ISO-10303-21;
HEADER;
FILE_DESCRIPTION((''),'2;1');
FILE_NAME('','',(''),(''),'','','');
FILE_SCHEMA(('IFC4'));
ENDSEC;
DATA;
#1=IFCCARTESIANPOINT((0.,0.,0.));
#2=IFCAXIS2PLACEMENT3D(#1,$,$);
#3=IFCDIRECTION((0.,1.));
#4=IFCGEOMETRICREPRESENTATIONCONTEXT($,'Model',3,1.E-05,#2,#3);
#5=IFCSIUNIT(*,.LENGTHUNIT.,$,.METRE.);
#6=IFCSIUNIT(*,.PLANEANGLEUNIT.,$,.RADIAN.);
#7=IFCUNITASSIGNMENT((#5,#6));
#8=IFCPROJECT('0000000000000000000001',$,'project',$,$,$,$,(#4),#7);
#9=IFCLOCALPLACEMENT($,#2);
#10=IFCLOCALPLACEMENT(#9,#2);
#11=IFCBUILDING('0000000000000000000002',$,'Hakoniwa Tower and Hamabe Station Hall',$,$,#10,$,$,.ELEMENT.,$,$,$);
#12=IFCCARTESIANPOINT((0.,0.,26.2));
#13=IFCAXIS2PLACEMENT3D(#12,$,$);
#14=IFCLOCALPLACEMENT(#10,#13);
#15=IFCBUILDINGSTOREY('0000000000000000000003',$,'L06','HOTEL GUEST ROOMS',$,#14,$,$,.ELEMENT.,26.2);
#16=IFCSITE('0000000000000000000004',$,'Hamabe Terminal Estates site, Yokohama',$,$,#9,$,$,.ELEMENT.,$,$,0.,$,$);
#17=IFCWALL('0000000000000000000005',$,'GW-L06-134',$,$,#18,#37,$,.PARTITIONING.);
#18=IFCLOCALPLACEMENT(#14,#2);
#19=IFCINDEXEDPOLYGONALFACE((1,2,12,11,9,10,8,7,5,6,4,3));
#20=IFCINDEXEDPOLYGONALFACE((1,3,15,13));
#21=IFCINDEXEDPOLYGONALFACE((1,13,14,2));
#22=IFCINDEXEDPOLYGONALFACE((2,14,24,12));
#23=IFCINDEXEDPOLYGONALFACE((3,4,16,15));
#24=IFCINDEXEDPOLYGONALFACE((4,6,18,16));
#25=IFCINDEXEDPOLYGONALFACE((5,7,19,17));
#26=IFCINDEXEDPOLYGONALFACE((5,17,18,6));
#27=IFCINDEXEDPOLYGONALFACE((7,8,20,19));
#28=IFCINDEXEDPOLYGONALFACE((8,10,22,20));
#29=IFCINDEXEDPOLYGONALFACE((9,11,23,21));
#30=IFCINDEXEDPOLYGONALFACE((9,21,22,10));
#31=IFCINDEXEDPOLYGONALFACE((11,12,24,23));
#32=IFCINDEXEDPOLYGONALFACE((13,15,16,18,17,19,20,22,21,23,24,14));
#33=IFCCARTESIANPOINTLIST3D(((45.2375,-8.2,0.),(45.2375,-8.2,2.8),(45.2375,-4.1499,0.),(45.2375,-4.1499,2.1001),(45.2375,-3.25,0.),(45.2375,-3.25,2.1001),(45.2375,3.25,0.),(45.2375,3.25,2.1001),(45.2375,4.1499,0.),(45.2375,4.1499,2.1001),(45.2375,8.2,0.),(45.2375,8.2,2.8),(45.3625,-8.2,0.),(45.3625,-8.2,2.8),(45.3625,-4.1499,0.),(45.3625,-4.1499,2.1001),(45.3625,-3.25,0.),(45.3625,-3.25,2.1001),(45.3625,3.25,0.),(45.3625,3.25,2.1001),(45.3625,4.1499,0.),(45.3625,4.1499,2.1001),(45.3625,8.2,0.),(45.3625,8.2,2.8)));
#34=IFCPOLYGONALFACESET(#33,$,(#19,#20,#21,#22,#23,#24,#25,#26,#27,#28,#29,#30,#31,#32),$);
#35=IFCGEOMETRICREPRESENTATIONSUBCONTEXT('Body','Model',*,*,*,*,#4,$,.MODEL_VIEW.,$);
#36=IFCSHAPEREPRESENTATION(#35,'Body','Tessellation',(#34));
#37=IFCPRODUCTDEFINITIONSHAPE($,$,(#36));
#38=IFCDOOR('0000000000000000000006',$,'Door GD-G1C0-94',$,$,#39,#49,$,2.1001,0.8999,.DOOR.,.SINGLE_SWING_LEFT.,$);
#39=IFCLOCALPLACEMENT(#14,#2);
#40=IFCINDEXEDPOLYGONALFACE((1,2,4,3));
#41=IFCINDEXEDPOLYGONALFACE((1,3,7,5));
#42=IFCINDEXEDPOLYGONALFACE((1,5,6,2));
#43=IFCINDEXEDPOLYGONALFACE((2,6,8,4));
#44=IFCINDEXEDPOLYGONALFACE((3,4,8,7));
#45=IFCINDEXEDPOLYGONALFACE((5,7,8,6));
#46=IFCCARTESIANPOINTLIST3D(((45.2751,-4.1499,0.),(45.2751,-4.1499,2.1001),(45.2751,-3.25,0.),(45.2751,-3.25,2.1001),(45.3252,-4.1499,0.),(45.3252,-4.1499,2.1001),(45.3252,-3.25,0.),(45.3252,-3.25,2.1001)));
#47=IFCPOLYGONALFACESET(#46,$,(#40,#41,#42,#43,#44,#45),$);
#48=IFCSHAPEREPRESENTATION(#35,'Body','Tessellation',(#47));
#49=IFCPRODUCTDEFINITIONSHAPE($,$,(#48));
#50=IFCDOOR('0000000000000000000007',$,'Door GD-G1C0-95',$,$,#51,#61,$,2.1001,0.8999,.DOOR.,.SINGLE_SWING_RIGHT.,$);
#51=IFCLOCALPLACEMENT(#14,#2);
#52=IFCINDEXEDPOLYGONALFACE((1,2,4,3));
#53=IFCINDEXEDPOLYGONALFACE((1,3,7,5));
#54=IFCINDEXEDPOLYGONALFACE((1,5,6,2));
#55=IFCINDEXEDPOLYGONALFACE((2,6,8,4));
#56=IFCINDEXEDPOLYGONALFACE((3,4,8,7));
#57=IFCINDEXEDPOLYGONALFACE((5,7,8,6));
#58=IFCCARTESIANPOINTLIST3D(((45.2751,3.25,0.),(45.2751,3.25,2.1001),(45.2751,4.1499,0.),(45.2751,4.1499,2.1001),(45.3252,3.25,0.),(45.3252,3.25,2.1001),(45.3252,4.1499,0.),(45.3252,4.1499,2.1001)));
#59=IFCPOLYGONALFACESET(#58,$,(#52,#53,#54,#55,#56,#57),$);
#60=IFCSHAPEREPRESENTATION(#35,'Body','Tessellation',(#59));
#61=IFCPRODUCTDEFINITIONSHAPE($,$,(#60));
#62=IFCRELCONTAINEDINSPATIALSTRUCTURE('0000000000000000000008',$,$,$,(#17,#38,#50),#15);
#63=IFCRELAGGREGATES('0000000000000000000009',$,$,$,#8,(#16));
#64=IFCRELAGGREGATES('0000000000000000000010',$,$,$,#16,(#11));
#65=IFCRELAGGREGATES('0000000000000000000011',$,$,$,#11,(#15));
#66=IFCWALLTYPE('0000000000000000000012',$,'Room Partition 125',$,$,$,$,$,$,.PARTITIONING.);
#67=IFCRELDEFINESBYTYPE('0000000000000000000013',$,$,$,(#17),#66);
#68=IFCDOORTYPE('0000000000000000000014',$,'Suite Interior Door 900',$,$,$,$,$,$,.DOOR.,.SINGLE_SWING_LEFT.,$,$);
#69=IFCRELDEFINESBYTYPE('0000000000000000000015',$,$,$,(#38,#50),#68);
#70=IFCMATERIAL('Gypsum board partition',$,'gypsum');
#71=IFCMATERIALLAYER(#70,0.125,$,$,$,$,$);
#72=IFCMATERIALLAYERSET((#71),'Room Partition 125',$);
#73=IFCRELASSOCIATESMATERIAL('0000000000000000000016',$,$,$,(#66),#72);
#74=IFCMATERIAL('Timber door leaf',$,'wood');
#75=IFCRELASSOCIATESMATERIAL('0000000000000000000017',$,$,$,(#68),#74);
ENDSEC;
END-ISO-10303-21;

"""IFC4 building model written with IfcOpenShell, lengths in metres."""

from ifc_helpers import new_model, si_unit, direction, frame, frame_2d, origin, place, context, subcontext, project, spatial, rectangle, extrude, material, layer, layer_set, type_object, element, fill, save


model = new_model("IFC4")

# Units and contexts
model_context = context("Model", 3, precision=1e-05, world=origin(), true_north=direction((0.0, 1.0)))
body_context = subcontext(model_context, "Body", "Model", "MODEL_VIEW")
ifc_project = project(units=[si_unit("LENGTHUNIT", "METRE"), si_unit("PLANEANGLEUNIT", "RADIAN")], contexts=[model_context])

# Site, building, storey
site_placement = place(None, origin())
site = spatial("IfcSite", under=ifc_project, at=site_placement, Name="Hamabe Terminal Estates site, Yokohama", CompositionType="ELEMENT", RefElevation=0.0)
building_placement = place(site_placement, origin())
building = spatial("IfcBuilding", under=site, at=building_placement, Name="Hakoniwa Tower and Hamabe Station Hall", CompositionType="ELEMENT")
storey_placement = place(building_placement, frame((0.0, 0.0, 26.2)))
storey = spatial("IfcBuildingStorey", under=building, at=storey_placement, Name="L06", Description="HOTEL GUEST ROOMS", CompositionType="ELEMENT", Elevation=26.2)

# Wall, openings, doors
ifc_material_1 = material(Name="Gypsum board partition", Category="gypsum")
ifc_layer_1 = layer(ifc_material_1, 0.125)
ifc_layer_set_1 = layer_set([ifc_layer_1], Name="Room Partition 125")
wall_type_1 = type_object("IfcWallType", Name="Room Partition 125", PredefinedType="PARTITIONING", material=ifc_layer_set_1)
wall_1_placement = place(storey_placement, frame((45.3, -8.2, 0.0), z_axis=(0.0, 0.0, 1.0), x_axis=(0.0, 1.0, 0.0)))
wall_1 = element("IfcWall", 1, at=wall_1_placement, inside=storey, type_object=wall_type_1, Name="GW-L06-134", PredefinedType="PARTITIONING", context=body_context, shape_type="SweptSolid", body=[
    extrude(rectangle(XDim=16.3999, YDim=0.125, at=frame_2d((8.2, 0.0))), origin(), (0.0, 0.0, 1.0), 2.8),
])
opening_1_placement = place(wall_1_placement, frame((4.05, 0.0, 0.0)))
opening_1 = element("IfcOpeningElement", 2, at=opening_1_placement, cuts=wall_1, PredefinedType="OPENING", context=body_context, shape_type="SweptSolid", body=[
    extrude(rectangle(XDim=0.8999, YDim=2.1001, at=frame_2d((0.45, 1.05))), frame((0.0, 0.0725, 0.0), z_axis=(0.0, -1.0, 0.0), x_axis=(1.0, 0.0, 0.0)), (0.0, 0.0, 1.0), 0.145),
])
opening_2_placement = place(wall_1_placement, frame((11.45, 0.0, 0.0)))
opening_2 = element("IfcOpeningElement", 3, at=opening_2_placement, cuts=wall_1, PredefinedType="OPENING", context=body_context, shape_type="SweptSolid", body=[
    extrude(rectangle(XDim=0.8999, YDim=2.1001, at=frame_2d((0.45, 1.05))), frame((0.0, 0.0725, 0.0), z_axis=(0.0, -1.0, 0.0), x_axis=(1.0, 0.0, 0.0)), (0.0, 0.0, 1.0), 0.145),
])
ifc_material_2 = material(Name="Timber door leaf", Category="wood")
door_type_1 = type_object("IfcDoorType", Name="Suite Interior Door 900", OperationType="SINGLE_SWING_LEFT", PredefinedType="DOOR", material=ifc_material_2)
door_1_placement = place(opening_1_placement, origin())
door_1 = element("IfcDoor", 4, at=door_1_placement, inside=storey, type_object=door_type_1, Name="Door GD-G1C0-94", OperationType="SINGLE_SWING_LEFT", OverallHeight=2.1001, OverallWidth=0.8999, PredefinedType="DOOR", context=body_context, shape_type="SweptSolid", body=[
    extrude(rectangle(XDim=0.8999, YDim=2.1001, at=frame_2d((0.45, 1.05))), frame((0.0, 0.0249, 0.0), z_axis=(0.0, -1.0, 0.0), x_axis=(1.0, 0.0, 0.0)), (0.0, 0.0, 1.0), 0.05),
])
fill(opening_1, door_1)
door_2_placement = place(opening_2_placement, origin())
door_2 = element("IfcDoor", 5, at=door_2_placement, inside=storey, type_object=door_type_1, Name="Door GD-G1C0-95", OperationType="SINGLE_SWING_RIGHT", OverallHeight=2.1001, OverallWidth=0.8999, PredefinedType="DOOR", context=body_context, shape_type="SweptSolid", body=[
    extrude(rectangle(XDim=0.8999, YDim=2.1001, at=frame_2d((0.45, 1.05))), frame((0.0, 0.0249, 0.0), z_axis=(0.0, -1.0, 0.0), x_axis=(1.0, 0.0, 0.0)), (0.0, 0.0, 1.0), 0.05),
])
fill(opening_2, door_2)

save(model, "model.ifc")
